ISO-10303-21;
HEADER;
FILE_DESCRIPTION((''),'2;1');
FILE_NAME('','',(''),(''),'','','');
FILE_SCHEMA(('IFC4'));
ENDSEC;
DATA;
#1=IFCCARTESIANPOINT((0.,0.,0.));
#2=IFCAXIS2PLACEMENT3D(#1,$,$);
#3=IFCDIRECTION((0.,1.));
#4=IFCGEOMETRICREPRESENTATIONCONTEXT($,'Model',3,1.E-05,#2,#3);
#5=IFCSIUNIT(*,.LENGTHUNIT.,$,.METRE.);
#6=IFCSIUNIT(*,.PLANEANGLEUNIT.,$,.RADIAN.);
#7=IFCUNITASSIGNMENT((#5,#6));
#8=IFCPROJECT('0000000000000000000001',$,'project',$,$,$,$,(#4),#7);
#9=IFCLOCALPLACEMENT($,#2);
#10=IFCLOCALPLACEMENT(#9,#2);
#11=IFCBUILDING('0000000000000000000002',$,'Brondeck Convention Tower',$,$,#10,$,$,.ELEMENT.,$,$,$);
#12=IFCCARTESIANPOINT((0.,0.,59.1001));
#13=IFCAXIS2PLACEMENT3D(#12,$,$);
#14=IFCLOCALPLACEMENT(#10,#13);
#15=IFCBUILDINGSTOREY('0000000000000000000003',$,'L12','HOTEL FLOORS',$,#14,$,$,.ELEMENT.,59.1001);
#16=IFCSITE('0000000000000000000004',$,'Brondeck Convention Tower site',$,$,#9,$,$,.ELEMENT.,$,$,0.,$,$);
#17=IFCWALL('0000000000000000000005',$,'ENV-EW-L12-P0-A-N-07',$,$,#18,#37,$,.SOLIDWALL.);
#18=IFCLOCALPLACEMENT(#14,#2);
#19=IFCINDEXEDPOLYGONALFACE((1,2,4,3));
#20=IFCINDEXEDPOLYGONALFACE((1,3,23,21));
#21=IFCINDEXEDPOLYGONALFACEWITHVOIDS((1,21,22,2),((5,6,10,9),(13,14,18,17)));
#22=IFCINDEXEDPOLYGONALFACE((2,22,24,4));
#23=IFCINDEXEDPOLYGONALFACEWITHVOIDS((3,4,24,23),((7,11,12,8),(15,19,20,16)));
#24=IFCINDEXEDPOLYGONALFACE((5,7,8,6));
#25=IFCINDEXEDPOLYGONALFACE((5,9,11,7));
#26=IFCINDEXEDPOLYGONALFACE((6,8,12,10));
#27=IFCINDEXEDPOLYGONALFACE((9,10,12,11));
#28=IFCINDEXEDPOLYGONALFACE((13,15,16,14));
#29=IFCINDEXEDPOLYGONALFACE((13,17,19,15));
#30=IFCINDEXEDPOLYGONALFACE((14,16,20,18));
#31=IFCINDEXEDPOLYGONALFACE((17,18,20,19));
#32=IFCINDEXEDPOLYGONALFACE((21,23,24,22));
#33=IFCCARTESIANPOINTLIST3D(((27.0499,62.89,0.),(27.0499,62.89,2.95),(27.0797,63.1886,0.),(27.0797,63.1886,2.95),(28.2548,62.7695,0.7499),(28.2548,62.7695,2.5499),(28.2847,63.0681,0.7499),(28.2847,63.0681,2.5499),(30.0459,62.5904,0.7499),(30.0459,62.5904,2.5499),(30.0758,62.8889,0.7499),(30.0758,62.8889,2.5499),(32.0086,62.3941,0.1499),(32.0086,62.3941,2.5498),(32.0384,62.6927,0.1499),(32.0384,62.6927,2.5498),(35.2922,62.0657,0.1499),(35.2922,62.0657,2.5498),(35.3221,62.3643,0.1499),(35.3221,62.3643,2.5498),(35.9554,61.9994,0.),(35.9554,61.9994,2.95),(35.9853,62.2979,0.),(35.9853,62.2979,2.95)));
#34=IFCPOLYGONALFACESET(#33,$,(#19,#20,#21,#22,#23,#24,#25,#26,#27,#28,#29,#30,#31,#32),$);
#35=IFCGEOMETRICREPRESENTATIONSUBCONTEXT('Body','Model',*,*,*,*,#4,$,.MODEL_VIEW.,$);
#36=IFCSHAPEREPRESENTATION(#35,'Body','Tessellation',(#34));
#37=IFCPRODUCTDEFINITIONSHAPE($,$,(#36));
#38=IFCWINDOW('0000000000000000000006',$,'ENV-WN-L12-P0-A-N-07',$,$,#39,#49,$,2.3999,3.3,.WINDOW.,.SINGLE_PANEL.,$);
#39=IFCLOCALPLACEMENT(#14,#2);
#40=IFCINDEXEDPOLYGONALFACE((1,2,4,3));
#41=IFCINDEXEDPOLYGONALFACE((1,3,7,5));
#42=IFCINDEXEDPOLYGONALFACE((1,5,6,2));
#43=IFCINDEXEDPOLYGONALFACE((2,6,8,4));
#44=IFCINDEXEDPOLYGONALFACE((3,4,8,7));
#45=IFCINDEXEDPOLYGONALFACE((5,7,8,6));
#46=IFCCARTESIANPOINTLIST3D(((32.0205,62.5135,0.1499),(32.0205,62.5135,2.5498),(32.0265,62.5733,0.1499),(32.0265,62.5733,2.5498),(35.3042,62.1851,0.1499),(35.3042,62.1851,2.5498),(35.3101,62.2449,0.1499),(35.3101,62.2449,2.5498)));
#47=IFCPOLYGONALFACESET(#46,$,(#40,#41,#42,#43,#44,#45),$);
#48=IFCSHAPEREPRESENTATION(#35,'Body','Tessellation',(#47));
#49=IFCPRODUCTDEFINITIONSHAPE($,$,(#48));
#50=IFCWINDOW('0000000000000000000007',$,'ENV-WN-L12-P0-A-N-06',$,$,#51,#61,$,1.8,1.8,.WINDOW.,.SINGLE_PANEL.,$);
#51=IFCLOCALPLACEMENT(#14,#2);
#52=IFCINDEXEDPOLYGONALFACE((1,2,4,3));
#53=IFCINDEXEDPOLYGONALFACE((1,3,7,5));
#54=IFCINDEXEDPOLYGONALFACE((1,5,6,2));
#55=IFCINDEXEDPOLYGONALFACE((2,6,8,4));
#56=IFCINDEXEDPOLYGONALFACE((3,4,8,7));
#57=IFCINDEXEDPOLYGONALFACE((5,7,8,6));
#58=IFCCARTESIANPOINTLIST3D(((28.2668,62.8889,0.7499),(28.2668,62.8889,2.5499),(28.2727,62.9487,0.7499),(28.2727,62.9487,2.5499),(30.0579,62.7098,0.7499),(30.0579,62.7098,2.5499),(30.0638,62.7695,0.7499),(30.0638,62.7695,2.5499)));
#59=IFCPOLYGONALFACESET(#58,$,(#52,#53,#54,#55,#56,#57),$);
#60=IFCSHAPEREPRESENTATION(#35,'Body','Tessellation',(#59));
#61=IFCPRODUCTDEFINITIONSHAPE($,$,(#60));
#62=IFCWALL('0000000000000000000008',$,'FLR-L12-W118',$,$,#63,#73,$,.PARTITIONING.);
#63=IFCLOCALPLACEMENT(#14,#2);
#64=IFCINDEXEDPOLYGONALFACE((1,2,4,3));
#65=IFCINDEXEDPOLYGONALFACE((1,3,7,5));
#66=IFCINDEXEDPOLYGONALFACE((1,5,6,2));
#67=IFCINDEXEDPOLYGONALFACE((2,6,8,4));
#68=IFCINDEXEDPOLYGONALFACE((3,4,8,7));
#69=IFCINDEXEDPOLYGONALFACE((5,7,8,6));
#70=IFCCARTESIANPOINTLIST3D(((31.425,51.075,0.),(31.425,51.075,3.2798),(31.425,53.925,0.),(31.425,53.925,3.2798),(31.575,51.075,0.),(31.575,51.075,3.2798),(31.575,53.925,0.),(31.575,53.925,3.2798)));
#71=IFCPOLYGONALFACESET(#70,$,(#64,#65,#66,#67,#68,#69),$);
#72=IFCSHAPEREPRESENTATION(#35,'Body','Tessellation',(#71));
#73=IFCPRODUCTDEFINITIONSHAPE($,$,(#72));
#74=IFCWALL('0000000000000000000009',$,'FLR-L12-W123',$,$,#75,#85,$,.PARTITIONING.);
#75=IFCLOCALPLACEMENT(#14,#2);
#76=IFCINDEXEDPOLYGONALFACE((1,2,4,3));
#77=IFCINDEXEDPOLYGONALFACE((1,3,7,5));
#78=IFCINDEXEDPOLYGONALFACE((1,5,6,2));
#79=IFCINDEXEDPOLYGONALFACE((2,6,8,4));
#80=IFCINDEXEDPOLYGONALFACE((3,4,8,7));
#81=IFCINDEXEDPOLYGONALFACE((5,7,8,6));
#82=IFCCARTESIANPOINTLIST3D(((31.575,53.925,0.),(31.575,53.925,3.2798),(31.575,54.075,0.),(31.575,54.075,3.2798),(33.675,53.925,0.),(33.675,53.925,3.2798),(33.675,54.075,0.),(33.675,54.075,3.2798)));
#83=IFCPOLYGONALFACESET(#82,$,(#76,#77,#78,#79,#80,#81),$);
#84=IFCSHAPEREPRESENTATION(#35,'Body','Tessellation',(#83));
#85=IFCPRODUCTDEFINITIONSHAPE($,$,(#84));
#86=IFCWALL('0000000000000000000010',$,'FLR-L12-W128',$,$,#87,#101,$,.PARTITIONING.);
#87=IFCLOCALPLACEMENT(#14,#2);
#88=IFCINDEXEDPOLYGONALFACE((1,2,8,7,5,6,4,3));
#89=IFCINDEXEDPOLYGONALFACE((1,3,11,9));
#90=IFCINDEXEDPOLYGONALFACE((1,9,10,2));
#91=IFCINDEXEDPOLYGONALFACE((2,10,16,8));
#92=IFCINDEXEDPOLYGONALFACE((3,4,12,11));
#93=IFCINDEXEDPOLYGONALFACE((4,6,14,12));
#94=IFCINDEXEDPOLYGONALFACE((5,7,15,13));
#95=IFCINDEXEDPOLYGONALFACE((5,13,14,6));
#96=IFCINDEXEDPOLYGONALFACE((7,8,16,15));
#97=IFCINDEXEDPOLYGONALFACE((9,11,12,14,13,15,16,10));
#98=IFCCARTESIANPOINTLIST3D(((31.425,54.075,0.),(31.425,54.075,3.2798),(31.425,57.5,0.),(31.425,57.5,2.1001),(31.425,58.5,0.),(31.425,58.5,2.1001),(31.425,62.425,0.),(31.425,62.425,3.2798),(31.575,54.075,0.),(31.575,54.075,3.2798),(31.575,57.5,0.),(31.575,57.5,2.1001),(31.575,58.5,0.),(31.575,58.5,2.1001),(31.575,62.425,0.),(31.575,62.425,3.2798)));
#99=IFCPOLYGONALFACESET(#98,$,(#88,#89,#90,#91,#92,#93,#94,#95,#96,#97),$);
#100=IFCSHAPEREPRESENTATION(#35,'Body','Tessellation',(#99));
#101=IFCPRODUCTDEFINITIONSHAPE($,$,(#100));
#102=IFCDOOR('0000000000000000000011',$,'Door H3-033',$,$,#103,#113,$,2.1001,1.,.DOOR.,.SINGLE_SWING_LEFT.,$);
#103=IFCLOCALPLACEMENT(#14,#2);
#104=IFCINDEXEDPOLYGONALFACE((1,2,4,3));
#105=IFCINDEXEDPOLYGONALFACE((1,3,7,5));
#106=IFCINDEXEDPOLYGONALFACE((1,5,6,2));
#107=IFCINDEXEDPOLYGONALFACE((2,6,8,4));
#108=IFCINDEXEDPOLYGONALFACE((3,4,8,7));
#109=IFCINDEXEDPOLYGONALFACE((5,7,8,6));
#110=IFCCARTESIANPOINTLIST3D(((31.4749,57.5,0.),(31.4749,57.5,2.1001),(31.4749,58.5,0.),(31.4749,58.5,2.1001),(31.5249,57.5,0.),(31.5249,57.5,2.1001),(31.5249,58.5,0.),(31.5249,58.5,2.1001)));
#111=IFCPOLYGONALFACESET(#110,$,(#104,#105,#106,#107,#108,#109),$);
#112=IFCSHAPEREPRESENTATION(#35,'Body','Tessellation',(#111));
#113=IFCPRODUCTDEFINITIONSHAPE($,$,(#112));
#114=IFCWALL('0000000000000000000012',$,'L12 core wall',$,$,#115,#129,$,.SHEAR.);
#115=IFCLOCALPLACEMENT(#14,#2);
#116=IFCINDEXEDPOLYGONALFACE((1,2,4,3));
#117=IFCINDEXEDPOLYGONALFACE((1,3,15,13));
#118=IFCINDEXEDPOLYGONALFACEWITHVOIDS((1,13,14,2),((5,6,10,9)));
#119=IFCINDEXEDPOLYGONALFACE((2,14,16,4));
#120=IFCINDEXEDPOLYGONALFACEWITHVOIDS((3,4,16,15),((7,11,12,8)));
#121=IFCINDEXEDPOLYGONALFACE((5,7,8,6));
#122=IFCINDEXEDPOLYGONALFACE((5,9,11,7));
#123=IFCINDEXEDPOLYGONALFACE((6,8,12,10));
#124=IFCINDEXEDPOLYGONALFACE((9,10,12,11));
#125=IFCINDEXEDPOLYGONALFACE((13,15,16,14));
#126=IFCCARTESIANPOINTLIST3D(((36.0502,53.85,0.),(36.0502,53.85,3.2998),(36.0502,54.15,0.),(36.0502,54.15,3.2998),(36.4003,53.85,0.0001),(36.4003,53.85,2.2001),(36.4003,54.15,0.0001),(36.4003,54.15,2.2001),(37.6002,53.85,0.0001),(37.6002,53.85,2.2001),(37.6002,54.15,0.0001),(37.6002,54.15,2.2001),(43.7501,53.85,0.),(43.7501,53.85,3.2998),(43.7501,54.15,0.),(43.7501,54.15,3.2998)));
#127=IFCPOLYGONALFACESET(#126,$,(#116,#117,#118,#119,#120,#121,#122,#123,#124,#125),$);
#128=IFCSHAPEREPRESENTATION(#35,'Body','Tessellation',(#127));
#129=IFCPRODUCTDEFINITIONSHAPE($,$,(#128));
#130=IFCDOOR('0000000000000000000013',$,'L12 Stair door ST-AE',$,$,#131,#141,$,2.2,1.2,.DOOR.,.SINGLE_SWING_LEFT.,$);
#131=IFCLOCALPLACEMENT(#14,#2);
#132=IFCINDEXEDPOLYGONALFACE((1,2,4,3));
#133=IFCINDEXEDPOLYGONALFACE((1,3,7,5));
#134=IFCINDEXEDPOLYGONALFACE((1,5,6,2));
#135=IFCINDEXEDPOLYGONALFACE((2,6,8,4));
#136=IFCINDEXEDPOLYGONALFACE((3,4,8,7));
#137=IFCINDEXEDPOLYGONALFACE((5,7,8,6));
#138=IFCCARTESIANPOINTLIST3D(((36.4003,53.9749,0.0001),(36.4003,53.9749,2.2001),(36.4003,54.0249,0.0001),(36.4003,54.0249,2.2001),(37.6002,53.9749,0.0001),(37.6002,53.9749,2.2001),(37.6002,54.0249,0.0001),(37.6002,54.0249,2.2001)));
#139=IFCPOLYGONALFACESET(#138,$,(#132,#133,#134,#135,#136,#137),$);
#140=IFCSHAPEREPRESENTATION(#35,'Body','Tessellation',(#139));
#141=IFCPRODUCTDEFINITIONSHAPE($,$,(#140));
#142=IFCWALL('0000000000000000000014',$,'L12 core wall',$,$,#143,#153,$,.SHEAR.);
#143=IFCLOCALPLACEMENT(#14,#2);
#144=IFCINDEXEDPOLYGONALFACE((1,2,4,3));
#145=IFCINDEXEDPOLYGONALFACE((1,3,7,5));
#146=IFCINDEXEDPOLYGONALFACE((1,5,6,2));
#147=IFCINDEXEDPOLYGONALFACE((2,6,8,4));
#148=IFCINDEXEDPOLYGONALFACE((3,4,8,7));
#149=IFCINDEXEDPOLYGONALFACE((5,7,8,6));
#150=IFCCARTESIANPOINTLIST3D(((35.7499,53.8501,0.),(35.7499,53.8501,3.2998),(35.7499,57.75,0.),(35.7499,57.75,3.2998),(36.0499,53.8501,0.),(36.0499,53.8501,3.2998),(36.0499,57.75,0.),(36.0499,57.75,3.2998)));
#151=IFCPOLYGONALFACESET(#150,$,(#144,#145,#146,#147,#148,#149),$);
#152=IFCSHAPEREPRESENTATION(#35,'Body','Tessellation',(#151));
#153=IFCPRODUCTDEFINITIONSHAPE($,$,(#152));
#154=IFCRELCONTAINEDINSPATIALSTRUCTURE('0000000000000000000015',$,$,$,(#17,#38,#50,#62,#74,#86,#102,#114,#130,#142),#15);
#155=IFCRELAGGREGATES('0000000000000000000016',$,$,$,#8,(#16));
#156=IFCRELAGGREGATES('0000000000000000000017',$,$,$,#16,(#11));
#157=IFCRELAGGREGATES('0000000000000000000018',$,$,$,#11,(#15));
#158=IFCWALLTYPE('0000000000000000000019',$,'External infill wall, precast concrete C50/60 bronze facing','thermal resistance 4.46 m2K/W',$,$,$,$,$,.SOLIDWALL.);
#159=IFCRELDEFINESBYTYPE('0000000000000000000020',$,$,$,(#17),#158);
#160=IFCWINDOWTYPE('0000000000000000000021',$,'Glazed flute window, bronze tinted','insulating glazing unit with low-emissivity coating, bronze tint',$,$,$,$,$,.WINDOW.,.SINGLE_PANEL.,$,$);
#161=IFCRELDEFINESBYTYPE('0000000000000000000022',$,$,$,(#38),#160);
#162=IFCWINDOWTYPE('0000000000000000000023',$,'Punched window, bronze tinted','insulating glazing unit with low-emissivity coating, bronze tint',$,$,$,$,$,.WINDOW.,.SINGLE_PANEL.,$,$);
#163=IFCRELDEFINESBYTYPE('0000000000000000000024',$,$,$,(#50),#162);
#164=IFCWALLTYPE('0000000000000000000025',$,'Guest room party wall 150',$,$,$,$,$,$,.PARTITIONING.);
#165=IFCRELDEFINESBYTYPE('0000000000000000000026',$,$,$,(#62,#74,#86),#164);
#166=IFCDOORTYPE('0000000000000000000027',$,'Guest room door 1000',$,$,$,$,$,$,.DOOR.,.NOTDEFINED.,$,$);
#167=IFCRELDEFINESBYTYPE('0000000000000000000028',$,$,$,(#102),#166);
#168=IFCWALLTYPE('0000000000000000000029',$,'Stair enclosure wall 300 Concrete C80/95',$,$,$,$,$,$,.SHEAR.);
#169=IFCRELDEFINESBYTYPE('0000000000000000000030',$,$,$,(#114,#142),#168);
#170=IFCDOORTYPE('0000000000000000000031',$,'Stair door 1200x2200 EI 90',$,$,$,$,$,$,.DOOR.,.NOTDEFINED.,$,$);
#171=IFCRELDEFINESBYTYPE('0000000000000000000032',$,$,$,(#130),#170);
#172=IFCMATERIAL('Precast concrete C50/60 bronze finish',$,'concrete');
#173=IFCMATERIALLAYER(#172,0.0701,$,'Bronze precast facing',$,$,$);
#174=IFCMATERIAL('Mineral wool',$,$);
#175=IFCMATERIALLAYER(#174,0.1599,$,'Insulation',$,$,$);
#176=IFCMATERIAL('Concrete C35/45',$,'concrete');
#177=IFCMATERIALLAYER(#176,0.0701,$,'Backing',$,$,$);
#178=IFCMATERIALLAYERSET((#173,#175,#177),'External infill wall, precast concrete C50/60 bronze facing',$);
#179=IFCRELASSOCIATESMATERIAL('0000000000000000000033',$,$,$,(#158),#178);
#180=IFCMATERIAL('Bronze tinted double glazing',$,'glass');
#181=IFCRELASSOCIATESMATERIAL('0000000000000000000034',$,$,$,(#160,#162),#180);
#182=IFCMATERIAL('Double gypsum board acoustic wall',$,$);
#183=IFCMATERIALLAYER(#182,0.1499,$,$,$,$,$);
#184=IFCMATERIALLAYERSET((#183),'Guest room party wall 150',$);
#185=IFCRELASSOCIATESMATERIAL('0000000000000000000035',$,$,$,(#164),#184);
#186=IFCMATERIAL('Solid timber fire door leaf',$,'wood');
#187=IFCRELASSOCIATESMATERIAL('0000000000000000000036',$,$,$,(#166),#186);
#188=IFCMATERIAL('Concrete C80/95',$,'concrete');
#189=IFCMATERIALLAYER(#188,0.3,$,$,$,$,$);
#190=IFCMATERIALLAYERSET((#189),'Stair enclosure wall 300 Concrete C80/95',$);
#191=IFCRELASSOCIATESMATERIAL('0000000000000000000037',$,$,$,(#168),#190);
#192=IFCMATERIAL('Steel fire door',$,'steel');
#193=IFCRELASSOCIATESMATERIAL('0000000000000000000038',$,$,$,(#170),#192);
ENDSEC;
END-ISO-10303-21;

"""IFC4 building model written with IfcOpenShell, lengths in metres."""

from ifc_helpers import new_model, si_unit, direction, frame, frame_2d, origin, place, context, subcontext, project, spatial, rectangle, extrude, material, layer, layer_set, type_object, element, fill, save


model = new_model("IFC4")

# Units and contexts
model_context = context("Model", 3, precision=1e-05, world=origin(), true_north=direction((0.0, 1.0)))
body_context = subcontext(model_context, "Body", "Model", "MODEL_VIEW")
ifc_project = project(units=[si_unit("LENGTHUNIT", "METRE"), si_unit("PLANEANGLEUNIT", "RADIAN")], contexts=[model_context])

# Site, building, storey
site_placement = place(None, origin())
site = spatial("IfcSite", under=ifc_project, at=site_placement, Name="Brondeck Convention Tower site", CompositionType="ELEMENT", RefElevation=0.0)
building_placement = place(site_placement, origin())
building = spatial("IfcBuilding", under=site, at=building_placement, Name="Brondeck Convention Tower", CompositionType="ELEMENT")
storey_placement = place(building_placement, frame((0.0, 0.0, 59.1001)))
storey = spatial("IfcBuildingStorey", under=building, at=storey_placement, Name="L12", Description="HOTEL FLOORS", CompositionType="ELEMENT", Elevation=59.1001)

# Shared definitions
ifc_material_1 = material(Name="Concrete C80/95", Category="concrete")

# Wall, openings, windows
ifc_material_2 = material(Name="Precast concrete C50/60 bronze finish", Category="concrete")
ifc_layer_1 = layer(ifc_material_2, 0.0701, Name="Bronze precast facing")
ifc_material_3 = material(Name="Mineral wool")
ifc_layer_2 = layer(ifc_material_3, 0.1599, Name="Insulation")
ifc_material_4 = material(Name="Concrete C35/45", Category="concrete")
ifc_layer_3 = layer(ifc_material_4, 0.0701, Name="Backing")
ifc_layer_set_1 = layer_set([ifc_layer_1, ifc_layer_2, ifc_layer_3], Name="External infill wall, precast concrete C50/60 bronze facing")
wall_type_1 = type_object("IfcWallType", Name="External infill wall, precast concrete C50/60 bronze facing", Description="thermal resistance 4.46 m2K/W", PredefinedType="SOLIDWALL", material=ifc_layer_set_1)
ifc_material_5 = material(Name="Bronze tinted double glazing", Category="glass")
window_type_1 = type_object("IfcWindowType", Name="Glazed flute window, bronze tinted", Description="insulating glazing unit with low-emissivity coating, bronze tint", PartitioningType="SINGLE_PANEL", PredefinedType="WINDOW", material=ifc_material_5)
window_type_2 = type_object("IfcWindowType", Name="Punched window, bronze tinted", Description="insulating glazing unit with low-emissivity coating, bronze tint", PartitioningType="SINGLE_PANEL", PredefinedType="WINDOW", material=ifc_material_5)
wall_1_placement = place(storey_placement, frame((27.0647, 63.0393, 0.0), z_axis=(0.0, 0.0, 1.0), x_axis=(0.995036, -0.099512, 0.0)))
wall_1 = element("IfcWall", 1, at=wall_1_placement, inside=storey, type_object=wall_type_1, Name="ENV-EW-L12-P0-A-N-07", PredefinedType="SOLIDWALL", context=body_context, shape_type="SweptSolid", body=[
    extrude(rectangle(XDim=8.95, YDim=0.3, at=frame_2d((4.4751, 0.0))), origin(), (0.0, 0.0, 1.0), 2.95),
])
opening_1_placement = place(wall_1_placement, frame((1.2112, 0.0, 0.75)))
opening_1 = element("IfcOpeningElement", 2, at=opening_1_placement, cuts=wall_1, PredefinedType="OPENING", context=body_context, shape_type="SweptSolid", body=[
    extrude(rectangle(XDim=1.8, YDim=1.8, at=frame_2d((0.8999, 0.8999))), frame((0.0, 0.1599, 0.0), z_axis=(0.0, -1.0, 0.0), x_axis=(1.0, 0.0, 0.0)), (0.0, 0.0, 1.0), 0.3201),
])
opening_2_placement = place(wall_1_placement, frame((4.9836, 0.0, 0.1499)))
opening_2 = element("IfcOpeningElement", 3, at=opening_2_placement, cuts=wall_1, PredefinedType="OPENING", context=body_context, shape_type="SweptSolid", body=[
    extrude(rectangle(XDim=3.3, YDim=2.3999, at=frame_2d((1.6499, 1.2))), frame((0.0, 0.1599, 0.0), z_axis=(0.0, -1.0, 0.0), x_axis=(1.0, 0.0, 0.0)), (0.0, 0.0, 1.0), 0.3201),
])
window_1_placement = place(opening_2_placement, origin())
window_1 = element("IfcWindow", 4, at=window_1_placement, inside=storey, type_object=window_type_1, Name="ENV-WN-L12-P0-A-N-07", OverallHeight=2.3999, OverallWidth=3.3, PartitioningType="SINGLE_PANEL", PredefinedType="WINDOW", context=body_context, shape_type="SweptSolid", body=[
    extrude(rectangle(XDim=3.3, YDim=2.3999, at=frame_2d((1.6499, 1.2))), frame((0.0, 0.03, 0.0), z_axis=(0.0, -1.0, 0.0), x_axis=(1.0, 0.0, 0.0)), (0.0, 0.0, 1.0), 0.0601),
])
fill(opening_2, window_1)
window_2_placement = place(opening_1_placement, origin())
window_2 = element("IfcWindow", 5, at=window_2_placement, inside=storey, type_object=window_type_2, Name="ENV-WN-L12-P0-A-N-06", OverallHeight=1.8, OverallWidth=1.8, PartitioningType="SINGLE_PANEL", PredefinedType="WINDOW", context=body_context, shape_type="SweptSolid", body=[
    extrude(rectangle(XDim=1.8, YDim=1.8, at=frame_2d((0.8999, 0.8999))), frame((0.0, 0.03, 0.0), z_axis=(0.0, -1.0, 0.0), x_axis=(1.0, 0.0, 0.0)), (0.0, 0.0, 1.0), 0.0601),
])
fill(opening_1, window_2)

# Walls
ifc_material_6 = material(Name="Double gypsum board acoustic wall")
ifc_layer_4 = layer(ifc_material_6, 0.1499)
ifc_layer_set_2 = layer_set([ifc_layer_4], Name="Guest room party wall 150")
wall_type_2 = type_object("IfcWallType", Name="Guest room party wall 150", PredefinedType="PARTITIONING", material=ifc_layer_set_2)
wall_2_placement = place(storey_placement, frame((31.5, 53.925, 0.0), z_axis=(0.0, 0.0, 1.0), x_axis=(0.0, -1.0, 0.0)))
element("IfcWall", 6, at=wall_2_placement, inside=storey, type_object=wall_type_2, Name="FLR-L12-W118", PredefinedType="PARTITIONING", context=body_context, shape_type="SweptSolid", body=[
    extrude(rectangle(XDim=2.8501, YDim=0.1499, at=frame_2d((1.425, 0.0))), origin(), (0.0, 0.0, 1.0), 3.2798),
])
wall_3_placement = place(storey_placement, frame((33.675, 54.0, 0.0), z_axis=(0.0, 0.0, 1.0), x_axis=(-1.0, 0.0, 0.0)))
element("IfcWall", 7, at=wall_3_placement, inside=storey, type_object=wall_type_2, Name="FLR-L12-W123", PredefinedType="PARTITIONING", context=body_context, shape_type="SweptSolid", body=[
    extrude(rectangle(XDim=2.1001, YDim=0.1499, at=frame_2d((1.05, 0.0))), origin(), (0.0, 0.0, 1.0), 3.2798),
])

# Walls, openings, doors
wall_4_placement = place(storey_placement, frame((31.5, 62.425, 0.0), z_axis=(0.0, 0.0, 1.0), x_axis=(0.0, -1.0, 0.0)))
wall_4 = element("IfcWall", 8, at=wall_4_placement, inside=storey, type_object=wall_type_2, Name="FLR-L12-W128", PredefinedType="PARTITIONING", context=body_context, shape_type="SweptSolid", body=[
    extrude(rectangle(XDim=8.3501, YDim=0.1499, at=frame_2d((4.175, 0.0))), origin(), (0.0, 0.0, 1.0), 3.2798),
])
opening_3_placement = place(wall_4_placement, frame((3.925, 0.0, 0.0)))
opening_3 = element("IfcOpeningElement", 9, at=opening_3_placement, cuts=wall_4, PredefinedType="OPENING", context=body_context, shape_type="SweptSolid", body=[
    extrude(rectangle(XDim=1.0, YDim=2.1001, at=frame_2d((0.5, 1.05))), frame((0.0, 0.085, 0.0), z_axis=(0.0, -1.0, 0.0), x_axis=(1.0, 0.0, 0.0)), (0.0, 0.0, 1.0), 0.1699),
])
ifc_material_7 = material(Name="Solid timber fire door leaf", Category="wood")
door_type_1 = type_object("IfcDoorType", Name="Guest room door 1000", OperationType="NOTDEFINED", PredefinedType="DOOR", material=ifc_material_7)
door_1_placement = place(opening_3_placement, origin())
door_1 = element("IfcDoor", 10, at=door_1_placement, inside=storey, type_object=door_type_1, Name="Door H3-033", OperationType="SINGLE_SWING_LEFT", OverallHeight=2.1001, OverallWidth=1.0, PredefinedType="DOOR", context=body_context, shape_type="SweptSolid", body=[
    extrude(rectangle(XDim=1.0, YDim=2.1001, at=frame_2d((0.5, 1.05))), frame((0.0, 0.0249, 0.0), z_axis=(0.0, -1.0, 0.0), x_axis=(1.0, 0.0, 0.0)), (0.0, 0.0, 1.0), 0.05),
])
fill(opening_3, door_1)
ifc_layer_5 = layer(ifc_material_1, 0.3)
ifc_layer_set_3 = layer_set([ifc_layer_5], Name="Stair enclosure wall 300 Concrete C80/95")
wall_type_3 = type_object("IfcWallType", Name="Stair enclosure wall 300 Concrete C80/95", PredefinedType="SHEAR", material=ifc_layer_set_3)
wall_5_placement = place(storey_placement, frame((36.05, 54.0, 0.0), z_axis=(0.0, 0.0, 1.0), x_axis=(1.0, 0.0, 0.0)))
wall_5 = element("IfcWall", 11, at=wall_5_placement, inside=storey, type_object=wall_type_3, Name="L12 core wall", PredefinedType="SHEAR", context=body_context, shape_type="SweptSolid", body=[
    extrude(rectangle(XDim=7.7, YDim=0.3, at=frame_2d((3.8501, 0.0))), origin(), (0.0, 0.0, 1.0), 3.2998),
])
opening_4_placement = place(wall_5_placement, frame((0.3501, 0.0, 0.0)))
opening_4 = element("IfcOpeningElement", 12, at=opening_4_placement, cuts=wall_5, PredefinedType="OPENING", context=body_context, shape_type="SweptSolid", body=[
    extrude(rectangle(XDim=1.2, YDim=2.2, at=frame_2d((0.6001, 1.1001))), frame((0.0, 0.1599, 0.0), z_axis=(0.0, -1.0, 0.0), x_axis=(1.0, 0.0, 0.0)), (0.0, 0.0, 1.0), 0.3201),
])
ifc_material_8 = material(Name="Steel fire door", Category="steel")
door_type_2 = type_object("IfcDoorType", Name="Stair door 1200x2200 EI 90", OperationType="NOTDEFINED", PredefinedType="DOOR", material=ifc_material_8)
door_2_placement = place(opening_4_placement, origin())
door_2 = element("IfcDoor", 13, at=door_2_placement, inside=storey, type_object=door_type_2, Name="L12 Stair door ST-AE", OperationType="SINGLE_SWING_LEFT", OverallHeight=2.2, OverallWidth=1.2, PredefinedType="DOOR", context=body_context, shape_type="SweptSolid", body=[
    extrude(rectangle(XDim=1.2, YDim=2.2, at=frame_2d((0.6001, 1.1001))), frame((0.0, 0.0249, 0.0), z_axis=(0.0, -1.0, 0.0), x_axis=(1.0, 0.0, 0.0)), (0.0, 0.0, 1.0), 0.05),
])
fill(opening_4, door_2)

# Wall
wall_6_placement = place(storey_placement, frame((35.8999, 53.8501, 0.0), z_axis=(0.0, 0.0, 1.0), x_axis=(0.0, 1.0, 0.0)))
element("IfcWall", 14, at=wall_6_placement, inside=storey, type_object=wall_type_3, Name="L12 core wall", PredefinedType="SHEAR", context=body_context, shape_type="SweptSolid", body=[
    extrude(rectangle(XDim=3.8999, YDim=0.3, at=frame_2d((1.95, 0.0))), origin(), (0.0, 0.0, 1.0), 3.2998),
])

save(model, "model.ifc")
